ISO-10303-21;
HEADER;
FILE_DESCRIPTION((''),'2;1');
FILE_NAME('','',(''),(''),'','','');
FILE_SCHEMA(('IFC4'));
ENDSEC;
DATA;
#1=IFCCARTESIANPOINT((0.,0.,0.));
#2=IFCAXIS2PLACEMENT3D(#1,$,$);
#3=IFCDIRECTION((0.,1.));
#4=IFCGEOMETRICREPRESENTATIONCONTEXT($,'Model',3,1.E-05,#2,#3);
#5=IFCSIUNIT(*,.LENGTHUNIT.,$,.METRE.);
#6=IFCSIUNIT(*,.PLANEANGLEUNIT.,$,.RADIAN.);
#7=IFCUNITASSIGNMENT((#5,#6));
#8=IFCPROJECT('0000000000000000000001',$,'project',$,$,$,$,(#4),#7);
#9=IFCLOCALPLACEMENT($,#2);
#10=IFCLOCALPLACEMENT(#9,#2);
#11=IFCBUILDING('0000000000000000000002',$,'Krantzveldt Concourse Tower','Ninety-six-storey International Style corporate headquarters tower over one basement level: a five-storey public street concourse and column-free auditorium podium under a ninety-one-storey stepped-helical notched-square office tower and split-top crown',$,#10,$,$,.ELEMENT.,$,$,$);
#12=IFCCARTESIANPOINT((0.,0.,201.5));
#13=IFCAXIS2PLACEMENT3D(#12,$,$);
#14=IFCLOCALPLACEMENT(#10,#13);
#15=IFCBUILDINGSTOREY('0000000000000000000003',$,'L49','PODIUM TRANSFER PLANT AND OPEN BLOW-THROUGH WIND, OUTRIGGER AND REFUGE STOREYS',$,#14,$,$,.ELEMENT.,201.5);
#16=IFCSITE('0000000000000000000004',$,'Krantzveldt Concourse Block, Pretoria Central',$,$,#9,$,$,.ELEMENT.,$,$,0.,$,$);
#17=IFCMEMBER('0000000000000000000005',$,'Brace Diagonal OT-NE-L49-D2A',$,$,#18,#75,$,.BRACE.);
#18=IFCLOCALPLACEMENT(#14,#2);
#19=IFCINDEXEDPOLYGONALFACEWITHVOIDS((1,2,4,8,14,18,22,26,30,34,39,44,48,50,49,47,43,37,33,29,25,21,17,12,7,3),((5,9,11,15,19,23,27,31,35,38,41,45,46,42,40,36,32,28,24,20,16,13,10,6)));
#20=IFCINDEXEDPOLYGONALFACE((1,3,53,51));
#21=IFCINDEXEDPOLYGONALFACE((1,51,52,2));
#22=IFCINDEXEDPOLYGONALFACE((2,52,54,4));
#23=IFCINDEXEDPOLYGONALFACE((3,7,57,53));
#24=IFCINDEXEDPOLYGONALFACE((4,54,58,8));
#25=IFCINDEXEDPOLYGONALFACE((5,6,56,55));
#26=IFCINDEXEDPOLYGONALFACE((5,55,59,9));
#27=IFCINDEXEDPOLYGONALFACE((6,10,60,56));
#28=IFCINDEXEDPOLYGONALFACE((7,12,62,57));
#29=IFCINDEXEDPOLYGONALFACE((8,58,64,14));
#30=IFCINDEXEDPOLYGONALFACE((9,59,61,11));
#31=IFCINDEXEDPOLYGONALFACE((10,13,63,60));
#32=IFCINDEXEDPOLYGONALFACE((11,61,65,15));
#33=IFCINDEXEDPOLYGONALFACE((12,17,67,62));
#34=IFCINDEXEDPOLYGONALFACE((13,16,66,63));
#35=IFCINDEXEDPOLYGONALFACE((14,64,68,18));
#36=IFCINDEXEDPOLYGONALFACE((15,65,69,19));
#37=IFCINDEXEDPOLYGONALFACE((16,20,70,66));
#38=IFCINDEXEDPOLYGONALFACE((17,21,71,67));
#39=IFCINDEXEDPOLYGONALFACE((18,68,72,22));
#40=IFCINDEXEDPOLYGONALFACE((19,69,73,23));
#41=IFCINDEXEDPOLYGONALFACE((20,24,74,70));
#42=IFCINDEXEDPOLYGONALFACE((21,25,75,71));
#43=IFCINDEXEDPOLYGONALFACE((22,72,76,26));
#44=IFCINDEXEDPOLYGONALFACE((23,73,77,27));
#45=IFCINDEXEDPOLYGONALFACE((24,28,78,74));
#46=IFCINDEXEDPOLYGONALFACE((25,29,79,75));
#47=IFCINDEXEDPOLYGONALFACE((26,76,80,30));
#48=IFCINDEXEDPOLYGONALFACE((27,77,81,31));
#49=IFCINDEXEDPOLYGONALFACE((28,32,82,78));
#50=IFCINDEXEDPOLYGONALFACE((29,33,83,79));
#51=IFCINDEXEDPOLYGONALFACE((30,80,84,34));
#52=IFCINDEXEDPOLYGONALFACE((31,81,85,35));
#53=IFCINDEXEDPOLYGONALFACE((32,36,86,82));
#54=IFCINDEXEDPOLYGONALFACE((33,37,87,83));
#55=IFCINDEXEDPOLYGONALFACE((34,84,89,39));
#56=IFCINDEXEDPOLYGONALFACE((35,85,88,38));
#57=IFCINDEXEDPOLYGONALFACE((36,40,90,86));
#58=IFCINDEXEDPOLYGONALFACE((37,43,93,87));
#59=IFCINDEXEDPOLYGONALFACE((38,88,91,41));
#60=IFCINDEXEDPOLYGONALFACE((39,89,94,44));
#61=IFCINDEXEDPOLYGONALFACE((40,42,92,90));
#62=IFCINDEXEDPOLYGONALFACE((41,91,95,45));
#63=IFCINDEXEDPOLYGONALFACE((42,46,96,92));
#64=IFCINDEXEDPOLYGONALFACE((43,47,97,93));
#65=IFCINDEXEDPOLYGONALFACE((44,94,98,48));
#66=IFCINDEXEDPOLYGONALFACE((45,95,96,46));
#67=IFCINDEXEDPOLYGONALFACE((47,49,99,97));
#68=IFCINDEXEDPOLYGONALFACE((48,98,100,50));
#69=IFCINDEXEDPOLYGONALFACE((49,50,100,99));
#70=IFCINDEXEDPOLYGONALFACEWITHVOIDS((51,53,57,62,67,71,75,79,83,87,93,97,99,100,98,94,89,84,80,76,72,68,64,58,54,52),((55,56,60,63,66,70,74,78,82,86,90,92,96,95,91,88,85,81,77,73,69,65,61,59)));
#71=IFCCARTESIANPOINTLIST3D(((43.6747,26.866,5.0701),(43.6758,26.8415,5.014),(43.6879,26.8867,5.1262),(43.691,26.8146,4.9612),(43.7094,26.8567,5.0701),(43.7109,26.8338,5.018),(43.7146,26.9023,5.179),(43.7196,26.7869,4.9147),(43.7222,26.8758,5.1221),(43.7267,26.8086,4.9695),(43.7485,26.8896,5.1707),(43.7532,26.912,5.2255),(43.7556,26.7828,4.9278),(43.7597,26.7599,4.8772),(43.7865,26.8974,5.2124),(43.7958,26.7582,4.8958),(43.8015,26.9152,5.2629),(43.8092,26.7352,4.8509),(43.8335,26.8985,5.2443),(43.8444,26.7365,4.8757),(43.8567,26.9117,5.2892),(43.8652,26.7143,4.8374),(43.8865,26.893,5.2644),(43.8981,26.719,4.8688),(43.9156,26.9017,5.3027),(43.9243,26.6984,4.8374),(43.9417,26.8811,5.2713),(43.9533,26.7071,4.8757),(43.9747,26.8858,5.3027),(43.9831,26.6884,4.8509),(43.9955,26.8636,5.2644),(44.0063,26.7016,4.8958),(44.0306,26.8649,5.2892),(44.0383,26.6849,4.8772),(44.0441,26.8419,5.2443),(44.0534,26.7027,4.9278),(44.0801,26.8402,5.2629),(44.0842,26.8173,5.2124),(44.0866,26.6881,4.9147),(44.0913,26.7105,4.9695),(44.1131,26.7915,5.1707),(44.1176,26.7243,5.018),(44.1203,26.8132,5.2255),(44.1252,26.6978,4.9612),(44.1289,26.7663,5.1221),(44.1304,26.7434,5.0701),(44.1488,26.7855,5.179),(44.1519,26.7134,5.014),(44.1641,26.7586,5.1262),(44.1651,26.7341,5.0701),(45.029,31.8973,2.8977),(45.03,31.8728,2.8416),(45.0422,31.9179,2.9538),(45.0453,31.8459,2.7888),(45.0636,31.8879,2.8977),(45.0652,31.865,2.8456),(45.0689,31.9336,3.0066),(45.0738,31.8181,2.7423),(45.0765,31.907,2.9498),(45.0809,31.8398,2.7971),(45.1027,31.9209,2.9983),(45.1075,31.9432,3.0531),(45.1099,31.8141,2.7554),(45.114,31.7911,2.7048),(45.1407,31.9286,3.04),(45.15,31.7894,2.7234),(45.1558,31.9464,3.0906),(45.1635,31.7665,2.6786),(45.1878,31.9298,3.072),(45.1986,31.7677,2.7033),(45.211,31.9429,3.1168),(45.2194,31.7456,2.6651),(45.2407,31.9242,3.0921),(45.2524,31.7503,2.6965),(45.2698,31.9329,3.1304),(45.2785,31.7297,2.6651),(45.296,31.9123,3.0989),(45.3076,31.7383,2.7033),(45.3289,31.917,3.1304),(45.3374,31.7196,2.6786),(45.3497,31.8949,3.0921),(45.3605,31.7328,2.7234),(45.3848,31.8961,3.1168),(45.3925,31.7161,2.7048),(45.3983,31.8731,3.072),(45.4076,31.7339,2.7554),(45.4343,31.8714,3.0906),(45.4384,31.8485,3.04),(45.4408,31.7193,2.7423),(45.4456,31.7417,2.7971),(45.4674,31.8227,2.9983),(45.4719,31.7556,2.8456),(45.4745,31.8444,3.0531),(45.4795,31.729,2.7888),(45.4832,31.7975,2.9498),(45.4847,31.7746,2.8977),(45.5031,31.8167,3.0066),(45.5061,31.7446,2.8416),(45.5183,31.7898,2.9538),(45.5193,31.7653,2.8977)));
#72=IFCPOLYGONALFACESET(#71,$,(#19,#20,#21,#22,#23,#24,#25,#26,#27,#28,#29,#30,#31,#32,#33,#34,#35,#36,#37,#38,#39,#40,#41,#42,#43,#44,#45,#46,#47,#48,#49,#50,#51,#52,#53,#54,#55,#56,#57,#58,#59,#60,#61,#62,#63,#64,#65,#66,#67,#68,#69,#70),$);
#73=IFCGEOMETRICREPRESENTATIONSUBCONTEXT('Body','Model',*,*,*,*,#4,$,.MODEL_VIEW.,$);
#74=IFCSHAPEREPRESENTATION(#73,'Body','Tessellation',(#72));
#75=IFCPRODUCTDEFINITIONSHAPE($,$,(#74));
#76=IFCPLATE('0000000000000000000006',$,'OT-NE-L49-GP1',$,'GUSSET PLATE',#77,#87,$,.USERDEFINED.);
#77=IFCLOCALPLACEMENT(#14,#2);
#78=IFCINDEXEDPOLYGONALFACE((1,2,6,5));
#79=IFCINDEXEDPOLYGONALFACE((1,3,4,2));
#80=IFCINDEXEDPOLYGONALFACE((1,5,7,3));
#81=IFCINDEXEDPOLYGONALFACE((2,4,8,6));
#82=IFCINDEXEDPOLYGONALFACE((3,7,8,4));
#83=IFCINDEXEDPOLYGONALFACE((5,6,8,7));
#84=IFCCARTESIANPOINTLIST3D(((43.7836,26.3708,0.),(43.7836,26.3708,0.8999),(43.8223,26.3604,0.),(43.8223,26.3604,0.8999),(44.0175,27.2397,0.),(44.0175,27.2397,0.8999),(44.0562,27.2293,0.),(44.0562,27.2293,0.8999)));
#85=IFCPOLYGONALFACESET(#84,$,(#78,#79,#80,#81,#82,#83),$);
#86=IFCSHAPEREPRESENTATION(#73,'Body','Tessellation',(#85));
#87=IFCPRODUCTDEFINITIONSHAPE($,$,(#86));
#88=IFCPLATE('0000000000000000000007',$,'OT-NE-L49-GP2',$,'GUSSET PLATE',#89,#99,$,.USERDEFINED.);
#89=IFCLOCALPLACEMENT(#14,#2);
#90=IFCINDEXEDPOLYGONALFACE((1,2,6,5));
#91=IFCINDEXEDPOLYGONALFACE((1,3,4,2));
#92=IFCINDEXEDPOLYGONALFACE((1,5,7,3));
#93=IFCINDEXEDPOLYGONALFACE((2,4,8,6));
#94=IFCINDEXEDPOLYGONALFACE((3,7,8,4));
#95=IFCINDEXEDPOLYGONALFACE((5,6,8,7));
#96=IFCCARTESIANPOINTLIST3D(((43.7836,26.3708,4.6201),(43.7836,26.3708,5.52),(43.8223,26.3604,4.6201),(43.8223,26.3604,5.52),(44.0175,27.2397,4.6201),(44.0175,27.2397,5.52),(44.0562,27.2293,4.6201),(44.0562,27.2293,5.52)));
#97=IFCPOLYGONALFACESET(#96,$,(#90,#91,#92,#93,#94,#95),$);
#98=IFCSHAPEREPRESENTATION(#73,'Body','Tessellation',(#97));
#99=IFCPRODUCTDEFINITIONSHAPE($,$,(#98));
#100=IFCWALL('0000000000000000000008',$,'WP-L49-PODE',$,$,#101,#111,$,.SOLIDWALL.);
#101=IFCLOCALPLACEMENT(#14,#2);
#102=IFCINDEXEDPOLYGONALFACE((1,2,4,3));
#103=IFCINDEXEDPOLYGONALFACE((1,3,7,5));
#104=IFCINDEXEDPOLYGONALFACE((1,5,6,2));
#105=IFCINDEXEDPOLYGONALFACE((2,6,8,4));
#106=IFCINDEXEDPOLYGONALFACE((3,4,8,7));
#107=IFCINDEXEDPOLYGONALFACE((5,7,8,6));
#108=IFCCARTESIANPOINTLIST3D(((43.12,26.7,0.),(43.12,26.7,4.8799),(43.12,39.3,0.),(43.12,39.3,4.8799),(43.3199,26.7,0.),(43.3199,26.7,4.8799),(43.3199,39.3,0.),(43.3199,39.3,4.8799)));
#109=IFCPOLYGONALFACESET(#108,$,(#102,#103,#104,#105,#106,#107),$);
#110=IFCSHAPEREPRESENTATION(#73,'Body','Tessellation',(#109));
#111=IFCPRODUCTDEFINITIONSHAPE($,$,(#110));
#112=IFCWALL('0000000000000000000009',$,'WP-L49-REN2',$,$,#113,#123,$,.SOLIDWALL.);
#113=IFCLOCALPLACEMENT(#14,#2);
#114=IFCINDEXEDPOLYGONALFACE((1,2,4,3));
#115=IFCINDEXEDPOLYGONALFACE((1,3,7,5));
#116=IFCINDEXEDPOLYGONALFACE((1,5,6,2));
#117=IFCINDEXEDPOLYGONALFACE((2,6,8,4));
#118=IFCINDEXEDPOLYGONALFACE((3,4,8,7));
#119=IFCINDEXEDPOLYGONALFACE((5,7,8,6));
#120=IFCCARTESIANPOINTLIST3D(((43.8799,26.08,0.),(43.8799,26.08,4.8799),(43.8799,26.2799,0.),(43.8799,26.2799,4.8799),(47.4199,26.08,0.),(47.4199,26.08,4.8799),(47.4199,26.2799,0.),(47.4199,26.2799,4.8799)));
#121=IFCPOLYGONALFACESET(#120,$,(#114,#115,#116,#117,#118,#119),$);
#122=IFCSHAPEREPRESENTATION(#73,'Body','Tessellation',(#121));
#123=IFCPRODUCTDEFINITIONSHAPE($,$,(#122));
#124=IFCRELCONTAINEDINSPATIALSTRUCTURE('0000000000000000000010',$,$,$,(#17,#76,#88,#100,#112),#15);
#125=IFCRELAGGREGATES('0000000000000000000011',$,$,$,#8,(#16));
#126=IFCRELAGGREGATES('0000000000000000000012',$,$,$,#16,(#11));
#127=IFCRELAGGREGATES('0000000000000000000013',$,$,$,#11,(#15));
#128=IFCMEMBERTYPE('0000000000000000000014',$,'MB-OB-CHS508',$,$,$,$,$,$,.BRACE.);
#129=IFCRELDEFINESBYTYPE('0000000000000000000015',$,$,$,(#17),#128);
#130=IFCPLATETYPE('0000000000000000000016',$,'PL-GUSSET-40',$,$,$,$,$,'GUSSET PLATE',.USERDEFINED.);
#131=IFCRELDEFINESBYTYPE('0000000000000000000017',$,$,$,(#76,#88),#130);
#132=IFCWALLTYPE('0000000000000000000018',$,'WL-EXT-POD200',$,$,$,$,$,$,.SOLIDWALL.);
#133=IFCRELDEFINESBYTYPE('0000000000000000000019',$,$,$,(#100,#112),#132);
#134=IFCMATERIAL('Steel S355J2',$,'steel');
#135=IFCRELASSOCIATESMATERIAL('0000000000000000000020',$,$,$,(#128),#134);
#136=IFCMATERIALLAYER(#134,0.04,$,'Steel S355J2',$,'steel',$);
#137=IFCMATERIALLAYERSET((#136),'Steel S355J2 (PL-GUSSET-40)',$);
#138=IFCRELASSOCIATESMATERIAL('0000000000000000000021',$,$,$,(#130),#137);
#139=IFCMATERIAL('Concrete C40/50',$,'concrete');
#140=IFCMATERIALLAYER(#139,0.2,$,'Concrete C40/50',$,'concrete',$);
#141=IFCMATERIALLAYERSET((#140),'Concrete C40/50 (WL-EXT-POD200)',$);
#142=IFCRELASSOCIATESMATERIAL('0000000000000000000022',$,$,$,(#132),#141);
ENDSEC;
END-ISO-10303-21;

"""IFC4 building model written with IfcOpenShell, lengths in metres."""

from ifc_helpers import new_model, si_unit, direction, frame, frame_2d, origin, origin_2d, place, context, subcontext, project, spatial, rectangle, hollow_circle, extrude, source, transform, mapped, material, layer, layer_set, material_profile, profile_set, type_object, type_shapes, element, save


model = new_model("IFC4")

# Units and contexts
model_context = context("Model", 3, precision=1e-05, world=origin(), true_north=direction((0.0, 1.0)))
body_context = subcontext(model_context, "Body", "Model", "MODEL_VIEW")
ifc_project = project(units=[si_unit("LENGTHUNIT", "METRE"), si_unit("PLANEANGLEUNIT", "RADIAN")], contexts=[model_context])

# Site, building, storey
site_placement = place(None, origin())
site = spatial("IfcSite", under=ifc_project, at=site_placement, Name="Krantzveldt Concourse Block, Pretoria Central", CompositionType="ELEMENT", RefElevation=0.0)
building_placement = place(site_placement, origin())
building = spatial("IfcBuilding", under=site, at=building_placement, Name="Krantzveldt Concourse Tower", Description="Ninety-six-storey International Style corporate headquarters tower over one basement level: a five-storey public street concourse and column-free auditorium podium under a ninety-one-storey stepped-helical notched-square office tower and split-top crown", CompositionType="ELEMENT")
storey_placement = place(building_placement, frame((0.0, 0.0, 201.5)))
storey = spatial("IfcBuildingStorey", under=building, at=storey_placement, Name="L49", Description="PODIUM TRANSFER PLANT AND OPEN BLOW-THROUGH WIND, OUTRIGGER AND REFUGE STOREYS", CompositionType="ELEMENT", Elevation=201.5)

# Shared definitions
ifc_material_1 = material(Name="Steel S355J2", Category="steel")

# Member
ifc_material_profile_1 = material_profile(ifc_material_1, hollow_circle(Radius=0.2539, WallThickness=0.0359, at=origin_2d()), Name="Steel S355J2", Category="steel")
ifc_profile_set_1 = profile_set([ifc_material_profile_1], Name="Steel S355J2 - CHS 508x36")
member_type = type_object("IfcMemberType", Name="MB-OB-CHS508", PredefinedType="BRACE", material=ifc_profile_set_1)
shared_shape_1 = source(origin(), body_context, "Body", "SweptSolid", [
    extrude(hollow_circle(Radius=0.2539, WallThickness=0.0359, at=origin_2d()), origin(), (0.0, 0.0, 1.0), 5.645),
])
member_1_placement = place(storey_placement, frame((43.9199, 26.8, 5.0701), z_axis=(0.2399, 0.891267, -0.384826), x_axis=(-0.965631, 0.259916, 0.0)))
element("IfcMember", 1, at=member_1_placement, inside=storey, type_object=member_type, Name="Brace Diagonal OT-NE-L49-D2A", PredefinedType="BRACE", context=body_context, shape_type="MappedRepresentation", body=[
    mapped(shared_shape_1, transform((0.0, 0.0, 0.0), x_axis=(1.0, 0.0, 0.0), y_axis=(0.0, 1.0, 0.0), z_axis=(0.0, 0.0, 1.0), scale=1.0)),
])

# Plates
ifc_layer_1 = layer(ifc_material_1, 0.04, Name="Steel S355J2", Category="steel")
ifc_layer_set_1 = layer_set([ifc_layer_1], Name="Steel S355J2 (PL-GUSSET-40)")
plate_type = type_object("IfcPlateType", Name="PL-GUSSET-40", ElementType="GUSSET PLATE", PredefinedType="USERDEFINED", material=ifc_layer_set_1)
shared_shape_2 = source(origin(), body_context, "Body", "SweptSolid", [
    extrude(rectangle(XDim=0.8999, YDim=0.04, at=origin_2d()), origin(), (0.0, 0.0, 1.0), 0.8999),
])
type_shapes(plate_type, [shared_shape_2])
for number, where, z_axis, x_axis, name in (
    (2, (43.9199, 26.8, 0.0), (0.0, 0.0, 1.0), (0.259915, 0.965632, 0.0), "OT-NE-L49-GP1"),
    (3, (43.9199, 26.8, 4.6201), (0.0, 0.0, 1.0), (0.259915, 0.965632, 0.0), "OT-NE-L49-GP2"),
):
    element("IfcPlate", number, at=place(storey_placement, frame(where, z_axis=z_axis, x_axis=x_axis)), inside=storey, type_object=plate_type, Name=name, ObjectType="GUSSET PLATE", PredefinedType="USERDEFINED", context=body_context, shape_type="MappedRepresentation", body=[
        mapped(shared_shape_2, transform((0.0, 0.0, 0.0), x_axis=(1.0, 0.0, 0.0), y_axis=(0.0, 1.0, 0.0), z_axis=(0.0, 0.0, 1.0), scale=1.0)),
    ])

# Walls
ifc_material_2 = material(Name="Concrete C40/50", Category="concrete")
ifc_layer_2 = layer(ifc_material_2, 0.2, Name="Concrete C40/50", Category="concrete")
ifc_layer_set_2 = layer_set([ifc_layer_2], Name="Concrete C40/50 (WL-EXT-POD200)")
wall_type_1 = type_object("IfcWallType", Name="WL-EXT-POD200", PredefinedType="SOLIDWALL", material=ifc_layer_set_2)
wall_1_placement = place(storey_placement, frame((43.22, 26.7, 0.0), z_axis=(0.0, 0.0, 1.0), x_axis=(0.0, 1.0, 0.0)))
element("IfcWall", 4, at=wall_1_placement, inside=storey, type_object=wall_type_1, Name="WP-L49-PODE", PredefinedType="SOLIDWALL", context=body_context, shape_type="SweptSolid", body=[
    extrude(rectangle(XDim=12.6001, YDim=0.2, at=frame_2d((6.3, 0.0))), origin(), (0.0, 0.0, 1.0), 4.8799),
])
wall_2_placement = place(storey_placement, frame((43.8799, 26.1799, 0.0), z_axis=(0.0, 0.0, 1.0), x_axis=(1.0, 0.0, 0.0)))
element("IfcWall", 5, at=wall_2_placement, inside=storey, type_object=wall_type_1, Name="WP-L49-REN2", PredefinedType="SOLIDWALL", context=body_context, shape_type="SweptSolid", body=[
    extrude(rectangle(XDim=3.54, YDim=0.2, at=frame_2d((1.77, 0.0))), origin(), (0.0, 0.0, 1.0), 4.8799),
])

save(model, "model.ifc")
